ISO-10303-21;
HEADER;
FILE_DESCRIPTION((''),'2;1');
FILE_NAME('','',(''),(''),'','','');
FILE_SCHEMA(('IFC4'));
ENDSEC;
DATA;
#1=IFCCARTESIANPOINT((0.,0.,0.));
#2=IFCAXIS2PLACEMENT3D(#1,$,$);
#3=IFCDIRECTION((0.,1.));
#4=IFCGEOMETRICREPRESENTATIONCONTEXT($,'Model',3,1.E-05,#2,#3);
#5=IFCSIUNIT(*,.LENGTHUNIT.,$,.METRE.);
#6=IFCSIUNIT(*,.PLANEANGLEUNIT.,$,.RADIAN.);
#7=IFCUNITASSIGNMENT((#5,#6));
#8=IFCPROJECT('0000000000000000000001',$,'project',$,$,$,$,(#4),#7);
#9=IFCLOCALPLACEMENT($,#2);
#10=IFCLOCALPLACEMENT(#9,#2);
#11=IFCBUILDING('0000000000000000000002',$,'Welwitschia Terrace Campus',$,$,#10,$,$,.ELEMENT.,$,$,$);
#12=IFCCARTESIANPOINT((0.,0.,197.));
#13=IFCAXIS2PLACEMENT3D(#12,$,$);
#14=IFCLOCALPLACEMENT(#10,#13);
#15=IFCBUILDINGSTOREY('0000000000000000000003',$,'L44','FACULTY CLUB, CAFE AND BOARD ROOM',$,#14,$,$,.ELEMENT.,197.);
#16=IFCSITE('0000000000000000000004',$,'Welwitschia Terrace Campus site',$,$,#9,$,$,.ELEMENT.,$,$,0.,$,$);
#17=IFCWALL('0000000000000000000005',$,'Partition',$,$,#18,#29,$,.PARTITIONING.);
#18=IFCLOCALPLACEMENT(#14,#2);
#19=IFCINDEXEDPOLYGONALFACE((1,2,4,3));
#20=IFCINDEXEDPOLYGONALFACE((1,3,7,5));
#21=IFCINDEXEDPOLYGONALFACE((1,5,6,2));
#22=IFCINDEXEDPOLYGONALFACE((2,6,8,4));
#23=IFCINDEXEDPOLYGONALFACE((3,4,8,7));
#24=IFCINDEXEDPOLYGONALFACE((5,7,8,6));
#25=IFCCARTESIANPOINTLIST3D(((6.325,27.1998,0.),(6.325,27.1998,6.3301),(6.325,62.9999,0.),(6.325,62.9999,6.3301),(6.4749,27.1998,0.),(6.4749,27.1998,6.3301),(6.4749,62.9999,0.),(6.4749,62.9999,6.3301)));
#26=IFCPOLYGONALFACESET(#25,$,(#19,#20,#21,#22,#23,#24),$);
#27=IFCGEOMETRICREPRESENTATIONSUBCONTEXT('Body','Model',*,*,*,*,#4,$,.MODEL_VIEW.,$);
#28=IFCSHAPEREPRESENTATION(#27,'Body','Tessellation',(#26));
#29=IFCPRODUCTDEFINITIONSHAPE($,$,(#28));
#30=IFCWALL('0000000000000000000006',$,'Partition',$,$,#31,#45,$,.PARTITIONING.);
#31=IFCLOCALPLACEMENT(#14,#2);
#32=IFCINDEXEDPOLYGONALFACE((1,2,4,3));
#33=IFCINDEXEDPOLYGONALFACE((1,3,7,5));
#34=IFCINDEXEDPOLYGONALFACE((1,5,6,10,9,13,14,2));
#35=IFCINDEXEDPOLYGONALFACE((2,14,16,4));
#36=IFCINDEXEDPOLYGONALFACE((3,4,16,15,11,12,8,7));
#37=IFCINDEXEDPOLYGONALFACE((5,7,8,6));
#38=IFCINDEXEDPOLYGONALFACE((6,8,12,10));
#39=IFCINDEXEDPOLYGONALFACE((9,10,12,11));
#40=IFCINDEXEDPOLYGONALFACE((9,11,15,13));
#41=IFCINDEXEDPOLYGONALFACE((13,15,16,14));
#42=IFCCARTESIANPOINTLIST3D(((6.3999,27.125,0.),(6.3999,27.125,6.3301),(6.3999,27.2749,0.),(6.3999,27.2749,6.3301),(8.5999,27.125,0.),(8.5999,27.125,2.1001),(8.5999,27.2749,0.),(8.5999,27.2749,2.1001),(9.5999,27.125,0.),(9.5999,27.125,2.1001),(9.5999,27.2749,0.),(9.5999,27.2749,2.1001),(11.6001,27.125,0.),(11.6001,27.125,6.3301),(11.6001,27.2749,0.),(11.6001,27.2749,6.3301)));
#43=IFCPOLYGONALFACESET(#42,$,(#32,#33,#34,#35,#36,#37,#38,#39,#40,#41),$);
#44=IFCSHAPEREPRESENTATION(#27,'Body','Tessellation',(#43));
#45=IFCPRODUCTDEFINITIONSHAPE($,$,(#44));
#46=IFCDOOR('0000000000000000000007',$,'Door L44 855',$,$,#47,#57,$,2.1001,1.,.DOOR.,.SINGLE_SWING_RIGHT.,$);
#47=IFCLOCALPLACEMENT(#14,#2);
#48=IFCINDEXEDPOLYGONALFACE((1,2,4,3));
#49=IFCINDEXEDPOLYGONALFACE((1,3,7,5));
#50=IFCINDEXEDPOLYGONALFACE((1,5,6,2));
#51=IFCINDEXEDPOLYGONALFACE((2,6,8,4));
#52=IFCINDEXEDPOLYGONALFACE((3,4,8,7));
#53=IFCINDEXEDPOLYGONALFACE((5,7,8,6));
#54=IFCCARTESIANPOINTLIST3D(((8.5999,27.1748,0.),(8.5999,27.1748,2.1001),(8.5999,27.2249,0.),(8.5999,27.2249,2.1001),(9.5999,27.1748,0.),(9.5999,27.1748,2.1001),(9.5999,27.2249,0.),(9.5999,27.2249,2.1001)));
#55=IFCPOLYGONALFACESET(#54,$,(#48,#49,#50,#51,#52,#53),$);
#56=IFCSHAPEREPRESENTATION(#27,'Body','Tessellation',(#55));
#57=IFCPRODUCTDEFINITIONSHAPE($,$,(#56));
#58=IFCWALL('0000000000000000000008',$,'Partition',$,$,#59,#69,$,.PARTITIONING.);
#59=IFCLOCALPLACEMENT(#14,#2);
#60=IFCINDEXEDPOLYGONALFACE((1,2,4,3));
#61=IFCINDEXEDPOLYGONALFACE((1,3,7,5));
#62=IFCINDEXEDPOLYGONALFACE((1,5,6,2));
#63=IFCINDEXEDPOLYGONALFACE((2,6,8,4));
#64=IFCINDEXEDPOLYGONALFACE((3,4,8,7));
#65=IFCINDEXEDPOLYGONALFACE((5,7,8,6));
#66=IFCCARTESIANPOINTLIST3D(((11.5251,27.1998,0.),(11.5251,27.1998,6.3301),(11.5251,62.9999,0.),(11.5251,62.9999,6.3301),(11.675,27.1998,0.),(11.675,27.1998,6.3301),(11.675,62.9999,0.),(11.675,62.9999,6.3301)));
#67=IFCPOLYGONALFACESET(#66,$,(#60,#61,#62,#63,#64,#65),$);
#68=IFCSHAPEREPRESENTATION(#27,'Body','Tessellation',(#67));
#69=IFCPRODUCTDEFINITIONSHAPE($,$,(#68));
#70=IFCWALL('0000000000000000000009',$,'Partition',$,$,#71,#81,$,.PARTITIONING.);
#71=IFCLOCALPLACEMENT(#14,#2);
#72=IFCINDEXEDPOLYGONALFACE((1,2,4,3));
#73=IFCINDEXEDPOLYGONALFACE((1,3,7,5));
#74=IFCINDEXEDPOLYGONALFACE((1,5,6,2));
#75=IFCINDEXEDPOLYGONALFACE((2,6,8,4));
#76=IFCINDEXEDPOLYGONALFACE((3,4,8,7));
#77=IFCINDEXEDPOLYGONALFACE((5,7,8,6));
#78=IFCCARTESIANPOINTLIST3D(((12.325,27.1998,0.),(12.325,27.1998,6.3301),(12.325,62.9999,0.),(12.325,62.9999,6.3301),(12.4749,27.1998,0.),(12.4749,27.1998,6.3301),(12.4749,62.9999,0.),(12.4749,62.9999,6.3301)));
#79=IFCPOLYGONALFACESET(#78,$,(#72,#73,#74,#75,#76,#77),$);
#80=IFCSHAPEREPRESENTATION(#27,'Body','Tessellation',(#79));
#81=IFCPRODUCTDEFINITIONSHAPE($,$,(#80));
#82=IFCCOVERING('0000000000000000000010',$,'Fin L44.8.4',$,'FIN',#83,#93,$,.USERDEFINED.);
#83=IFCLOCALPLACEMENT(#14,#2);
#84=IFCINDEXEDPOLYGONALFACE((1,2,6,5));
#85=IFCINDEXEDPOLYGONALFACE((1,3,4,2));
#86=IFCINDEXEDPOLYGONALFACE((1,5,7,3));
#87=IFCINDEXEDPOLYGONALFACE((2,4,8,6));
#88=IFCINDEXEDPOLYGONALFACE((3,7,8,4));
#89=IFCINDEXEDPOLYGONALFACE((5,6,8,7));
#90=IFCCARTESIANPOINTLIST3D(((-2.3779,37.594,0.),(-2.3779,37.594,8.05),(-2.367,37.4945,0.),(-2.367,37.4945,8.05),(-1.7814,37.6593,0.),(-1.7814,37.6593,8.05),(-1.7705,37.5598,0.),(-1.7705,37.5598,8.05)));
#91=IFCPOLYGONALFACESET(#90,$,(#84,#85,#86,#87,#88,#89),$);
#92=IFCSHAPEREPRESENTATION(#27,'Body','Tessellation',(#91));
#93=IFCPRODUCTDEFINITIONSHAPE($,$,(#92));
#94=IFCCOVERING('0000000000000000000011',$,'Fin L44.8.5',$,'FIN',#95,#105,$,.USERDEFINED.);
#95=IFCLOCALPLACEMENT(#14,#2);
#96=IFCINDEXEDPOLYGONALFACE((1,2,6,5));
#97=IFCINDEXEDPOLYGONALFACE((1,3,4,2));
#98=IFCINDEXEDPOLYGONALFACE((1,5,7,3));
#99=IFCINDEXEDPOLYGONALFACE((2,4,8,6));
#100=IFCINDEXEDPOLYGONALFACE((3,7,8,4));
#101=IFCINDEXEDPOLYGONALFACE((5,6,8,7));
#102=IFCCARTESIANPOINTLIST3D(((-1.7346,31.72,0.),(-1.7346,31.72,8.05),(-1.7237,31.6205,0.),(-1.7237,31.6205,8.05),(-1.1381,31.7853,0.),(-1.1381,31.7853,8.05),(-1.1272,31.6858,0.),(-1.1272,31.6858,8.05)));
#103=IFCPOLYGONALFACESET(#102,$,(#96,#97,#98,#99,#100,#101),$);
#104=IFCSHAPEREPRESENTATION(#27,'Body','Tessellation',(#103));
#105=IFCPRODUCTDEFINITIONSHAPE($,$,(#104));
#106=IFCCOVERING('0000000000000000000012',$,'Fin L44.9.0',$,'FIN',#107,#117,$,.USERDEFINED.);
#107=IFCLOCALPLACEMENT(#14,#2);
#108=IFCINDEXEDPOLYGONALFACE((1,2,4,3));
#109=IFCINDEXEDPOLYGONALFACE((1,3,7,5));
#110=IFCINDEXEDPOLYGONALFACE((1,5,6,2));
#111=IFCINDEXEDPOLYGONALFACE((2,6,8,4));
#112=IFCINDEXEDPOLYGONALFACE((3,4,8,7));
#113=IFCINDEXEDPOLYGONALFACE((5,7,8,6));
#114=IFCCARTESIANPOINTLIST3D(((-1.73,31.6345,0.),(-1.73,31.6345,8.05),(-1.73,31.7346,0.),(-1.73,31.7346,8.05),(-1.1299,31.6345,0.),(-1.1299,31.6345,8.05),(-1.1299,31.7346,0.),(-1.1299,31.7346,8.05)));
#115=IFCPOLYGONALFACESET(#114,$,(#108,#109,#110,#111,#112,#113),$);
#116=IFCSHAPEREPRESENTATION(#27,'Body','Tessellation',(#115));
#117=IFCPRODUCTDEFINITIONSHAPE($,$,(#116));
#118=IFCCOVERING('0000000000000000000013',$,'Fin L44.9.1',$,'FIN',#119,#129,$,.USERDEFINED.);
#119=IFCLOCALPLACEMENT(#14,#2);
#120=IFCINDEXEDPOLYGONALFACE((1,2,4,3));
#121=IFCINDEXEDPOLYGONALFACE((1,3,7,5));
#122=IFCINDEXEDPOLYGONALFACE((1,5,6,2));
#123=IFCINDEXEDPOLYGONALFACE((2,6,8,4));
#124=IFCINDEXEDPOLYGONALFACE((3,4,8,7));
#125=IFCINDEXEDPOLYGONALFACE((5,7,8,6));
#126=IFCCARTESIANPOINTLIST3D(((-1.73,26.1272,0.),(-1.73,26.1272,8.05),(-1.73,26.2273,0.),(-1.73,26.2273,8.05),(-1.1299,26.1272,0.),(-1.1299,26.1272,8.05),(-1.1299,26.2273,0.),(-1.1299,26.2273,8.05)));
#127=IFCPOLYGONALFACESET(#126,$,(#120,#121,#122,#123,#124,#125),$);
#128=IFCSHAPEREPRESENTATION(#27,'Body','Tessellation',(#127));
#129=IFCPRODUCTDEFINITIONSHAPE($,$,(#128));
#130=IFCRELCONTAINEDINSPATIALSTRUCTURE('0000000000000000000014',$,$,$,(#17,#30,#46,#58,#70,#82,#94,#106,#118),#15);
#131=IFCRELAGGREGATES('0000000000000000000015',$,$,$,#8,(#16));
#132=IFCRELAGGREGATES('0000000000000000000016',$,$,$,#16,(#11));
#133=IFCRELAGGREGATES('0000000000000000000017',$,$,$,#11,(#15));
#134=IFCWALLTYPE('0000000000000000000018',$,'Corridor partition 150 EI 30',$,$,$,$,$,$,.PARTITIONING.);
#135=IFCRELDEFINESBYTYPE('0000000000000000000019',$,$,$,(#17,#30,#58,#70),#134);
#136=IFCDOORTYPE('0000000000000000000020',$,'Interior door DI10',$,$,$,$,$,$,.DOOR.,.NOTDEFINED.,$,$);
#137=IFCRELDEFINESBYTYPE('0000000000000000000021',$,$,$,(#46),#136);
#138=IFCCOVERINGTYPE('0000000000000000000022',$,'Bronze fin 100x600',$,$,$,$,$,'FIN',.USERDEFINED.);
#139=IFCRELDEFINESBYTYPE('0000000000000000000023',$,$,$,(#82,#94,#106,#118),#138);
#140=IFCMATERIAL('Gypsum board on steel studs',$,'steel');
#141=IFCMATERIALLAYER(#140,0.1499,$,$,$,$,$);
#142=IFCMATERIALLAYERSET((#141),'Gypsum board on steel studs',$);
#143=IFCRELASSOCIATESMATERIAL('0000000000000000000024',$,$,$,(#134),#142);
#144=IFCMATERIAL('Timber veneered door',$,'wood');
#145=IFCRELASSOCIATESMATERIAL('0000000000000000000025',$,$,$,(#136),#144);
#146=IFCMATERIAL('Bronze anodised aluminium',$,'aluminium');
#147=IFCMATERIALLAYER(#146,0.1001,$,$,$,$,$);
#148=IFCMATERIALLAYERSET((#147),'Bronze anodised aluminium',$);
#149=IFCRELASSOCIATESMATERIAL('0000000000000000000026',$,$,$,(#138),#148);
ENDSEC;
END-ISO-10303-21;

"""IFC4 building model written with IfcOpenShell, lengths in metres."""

from ifc_helpers import new_model, si_unit, direction, frame, frame_2d, origin, origin_2d, place, context, subcontext, project, spatial, rectangle, extrude, material, layer, layer_set, type_object, element, fill, save


model = new_model("IFC4")

# Units and contexts
model_context = context("Model", 3, precision=1e-05, world=origin(), true_north=direction((0.0, 1.0)))
body_context = subcontext(model_context, "Body", "Model", "MODEL_VIEW")
ifc_project = project(units=[si_unit("LENGTHUNIT", "METRE"), si_unit("PLANEANGLEUNIT", "RADIAN")], contexts=[model_context])

# Site, building, storey
site_placement = place(None, origin())
site = spatial("IfcSite", under=ifc_project, at=site_placement, Name="Welwitschia Terrace Campus site", CompositionType="ELEMENT", RefElevation=0.0)
building_placement = place(site_placement, origin())
building = spatial("IfcBuilding", under=site, at=building_placement, Name="Welwitschia Terrace Campus", CompositionType="ELEMENT")
storey_placement = place(building_placement, frame((0.0, 0.0, 197.0)))
storey = spatial("IfcBuildingStorey", under=building, at=storey_placement, Name="L44", Description="FACULTY CLUB, CAFE AND BOARD ROOM", CompositionType="ELEMENT", Elevation=197.0)

# Wall
ifc_material_1 = material(Name="Gypsum board on steel studs", Category="steel")
ifc_layer_1 = layer(ifc_material_1, 0.1499)
ifc_layer_set_1 = layer_set([ifc_layer_1], Name="Gypsum board on steel studs")
wall_type = type_object("IfcWallType", Name="Corridor partition 150 EI 30", PredefinedType="PARTITIONING", material=ifc_layer_set_1)
wall_1_placement = place(storey_placement, frame((6.3999, 27.2, 0.0), z_axis=(0.0, 0.0, 1.0), x_axis=(0.0, 1.0, 0.0)))
element("IfcWall", 1, at=wall_1_placement, inside=storey, type_object=wall_type, Name="Partition", PredefinedType="PARTITIONING", context=body_context, shape_type="SweptSolid", body=[
    extrude(rectangle(XDim=35.8, YDim=0.1499, at=frame_2d((17.8999, 0.0))), origin(), (0.0, 0.0, 1.0), 6.3301),
])

# Wall, opening, door
wall_2_placement = place(storey_placement, frame((6.3999, 27.2, 0.0), z_axis=(0.0, 0.0, 1.0), x_axis=(1.0, 0.0, 0.0)))
wall_2 = element("IfcWall", 2, at=wall_2_placement, inside=storey, type_object=wall_type, Name="Partition", PredefinedType="PARTITIONING", context=body_context, shape_type="SweptSolid", body=[
    extrude(rectangle(XDim=5.2002, YDim=0.1499, at=frame_2d((2.6001, 0.0))), origin(), (0.0, 0.0, 1.0), 6.3301),
])
opening_placement = place(wall_2_placement, frame((2.2, 0.0, 0.0)))
opening = element("IfcOpeningElement", 3, at=opening_placement, cuts=wall_2, PredefinedType="OPENING", context=body_context, shape_type="SweptSolid", body=[
    extrude(rectangle(XDim=1.0, YDim=2.1001, at=frame_2d((0.5, 1.05))), frame((0.0, 0.085, 0.0), z_axis=(0.0, -1.0, 0.0), x_axis=(1.0, 0.0, 0.0)), (0.0, 0.0, 1.0), 0.1699),
])
ifc_material_2 = material(Name="Timber veneered door", Category="wood")
door_type = type_object("IfcDoorType", Name="Interior door DI10", OperationType="NOTDEFINED", PredefinedType="DOOR", material=ifc_material_2)
door_placement = place(opening_placement, origin())
door = element("IfcDoor", 4, at=door_placement, inside=storey, type_object=door_type, Name="Door L44 855", OperationType="SINGLE_SWING_RIGHT", OverallHeight=2.1001, OverallWidth=1.0, PredefinedType="DOOR", context=body_context, shape_type="SweptSolid", body=[
    extrude(rectangle(XDim=1.0, YDim=2.1001, at=frame_2d((0.5, 1.05))), frame((0.0, 0.0249, 0.0), z_axis=(0.0, -1.0, 0.0), x_axis=(1.0, 0.0, 0.0)), (0.0, 0.0, 1.0), 0.05),
])
fill(opening, door)

# Walls
for number, where, z_axis, x_axis, name in (
    (5, (11.6001, 27.2, 0.0), (0.0, 0.0, 1.0), (0.0, 1.0, 0.0), "Partition"),
    (6, (12.3999, 27.2, 0.0), (0.0, 0.0, 1.0), (0.0, 1.0, 0.0), "Partition"),
):
    element("IfcWall", number, at=place(storey_placement, frame(where, z_axis=z_axis, x_axis=x_axis)), inside=storey, type_object=wall_type, Name=name, PredefinedType="PARTITIONING", context=body_context, shape_type="SweptSolid", body=[
        extrude(rectangle(XDim=35.8, YDim=0.1499, at=frame_2d((17.8999, 0.0))), origin(), (0.0, 0.0, 1.0), 6.3301),
    ])

# Coverings
ifc_material_3 = material(Name="Bronze anodised aluminium", Category="aluminium")
ifc_layer_2 = layer(ifc_material_3, 0.1001)
ifc_layer_set_2 = layer_set([ifc_layer_2], Name="Bronze anodised aluminium")
covering_type = type_object("IfcCoveringType", Name="Bronze fin 100x600", ElementType="FIN", PredefinedType="USERDEFINED", material=ifc_layer_set_2)
for number, where, z_axis, x_axis, name in (
    (7, (-2.0742, 37.5769, 0.0), (0.0, 0.0, 1.0), (0.108867, -0.994056, 0.0), "Fin L44.8.4"),
    (8, (-1.4309, 31.7029, 0.0), (0.0, 0.0, 1.0), (0.108867, -0.994056, 0.0), "Fin L44.8.5"),
    (9, (-1.4299, 31.6846, 0.0), (0.0, 0.0, 1.0), (0.0, -1.0, 0.0), "Fin L44.9.0"),
    (10, (-1.4299, 26.1772, 0.0), (0.0, 0.0, 1.0), (0.0, -1.0, 0.0), "Fin L44.9.1"),
):
    element("IfcCovering", number, at=place(storey_placement, frame(where, z_axis=z_axis, x_axis=x_axis)), inside=storey, type_object=covering_type, Name=name, ObjectType="FIN", PredefinedType="USERDEFINED", context=body_context, shape_type="SweptSolid", body=[
        extrude(rectangle(XDim=0.1001, YDim=0.6001, at=origin_2d()), origin(), (0.0, 0.0, 1.0), 8.05),
    ])

save(model, "model.ifc")
